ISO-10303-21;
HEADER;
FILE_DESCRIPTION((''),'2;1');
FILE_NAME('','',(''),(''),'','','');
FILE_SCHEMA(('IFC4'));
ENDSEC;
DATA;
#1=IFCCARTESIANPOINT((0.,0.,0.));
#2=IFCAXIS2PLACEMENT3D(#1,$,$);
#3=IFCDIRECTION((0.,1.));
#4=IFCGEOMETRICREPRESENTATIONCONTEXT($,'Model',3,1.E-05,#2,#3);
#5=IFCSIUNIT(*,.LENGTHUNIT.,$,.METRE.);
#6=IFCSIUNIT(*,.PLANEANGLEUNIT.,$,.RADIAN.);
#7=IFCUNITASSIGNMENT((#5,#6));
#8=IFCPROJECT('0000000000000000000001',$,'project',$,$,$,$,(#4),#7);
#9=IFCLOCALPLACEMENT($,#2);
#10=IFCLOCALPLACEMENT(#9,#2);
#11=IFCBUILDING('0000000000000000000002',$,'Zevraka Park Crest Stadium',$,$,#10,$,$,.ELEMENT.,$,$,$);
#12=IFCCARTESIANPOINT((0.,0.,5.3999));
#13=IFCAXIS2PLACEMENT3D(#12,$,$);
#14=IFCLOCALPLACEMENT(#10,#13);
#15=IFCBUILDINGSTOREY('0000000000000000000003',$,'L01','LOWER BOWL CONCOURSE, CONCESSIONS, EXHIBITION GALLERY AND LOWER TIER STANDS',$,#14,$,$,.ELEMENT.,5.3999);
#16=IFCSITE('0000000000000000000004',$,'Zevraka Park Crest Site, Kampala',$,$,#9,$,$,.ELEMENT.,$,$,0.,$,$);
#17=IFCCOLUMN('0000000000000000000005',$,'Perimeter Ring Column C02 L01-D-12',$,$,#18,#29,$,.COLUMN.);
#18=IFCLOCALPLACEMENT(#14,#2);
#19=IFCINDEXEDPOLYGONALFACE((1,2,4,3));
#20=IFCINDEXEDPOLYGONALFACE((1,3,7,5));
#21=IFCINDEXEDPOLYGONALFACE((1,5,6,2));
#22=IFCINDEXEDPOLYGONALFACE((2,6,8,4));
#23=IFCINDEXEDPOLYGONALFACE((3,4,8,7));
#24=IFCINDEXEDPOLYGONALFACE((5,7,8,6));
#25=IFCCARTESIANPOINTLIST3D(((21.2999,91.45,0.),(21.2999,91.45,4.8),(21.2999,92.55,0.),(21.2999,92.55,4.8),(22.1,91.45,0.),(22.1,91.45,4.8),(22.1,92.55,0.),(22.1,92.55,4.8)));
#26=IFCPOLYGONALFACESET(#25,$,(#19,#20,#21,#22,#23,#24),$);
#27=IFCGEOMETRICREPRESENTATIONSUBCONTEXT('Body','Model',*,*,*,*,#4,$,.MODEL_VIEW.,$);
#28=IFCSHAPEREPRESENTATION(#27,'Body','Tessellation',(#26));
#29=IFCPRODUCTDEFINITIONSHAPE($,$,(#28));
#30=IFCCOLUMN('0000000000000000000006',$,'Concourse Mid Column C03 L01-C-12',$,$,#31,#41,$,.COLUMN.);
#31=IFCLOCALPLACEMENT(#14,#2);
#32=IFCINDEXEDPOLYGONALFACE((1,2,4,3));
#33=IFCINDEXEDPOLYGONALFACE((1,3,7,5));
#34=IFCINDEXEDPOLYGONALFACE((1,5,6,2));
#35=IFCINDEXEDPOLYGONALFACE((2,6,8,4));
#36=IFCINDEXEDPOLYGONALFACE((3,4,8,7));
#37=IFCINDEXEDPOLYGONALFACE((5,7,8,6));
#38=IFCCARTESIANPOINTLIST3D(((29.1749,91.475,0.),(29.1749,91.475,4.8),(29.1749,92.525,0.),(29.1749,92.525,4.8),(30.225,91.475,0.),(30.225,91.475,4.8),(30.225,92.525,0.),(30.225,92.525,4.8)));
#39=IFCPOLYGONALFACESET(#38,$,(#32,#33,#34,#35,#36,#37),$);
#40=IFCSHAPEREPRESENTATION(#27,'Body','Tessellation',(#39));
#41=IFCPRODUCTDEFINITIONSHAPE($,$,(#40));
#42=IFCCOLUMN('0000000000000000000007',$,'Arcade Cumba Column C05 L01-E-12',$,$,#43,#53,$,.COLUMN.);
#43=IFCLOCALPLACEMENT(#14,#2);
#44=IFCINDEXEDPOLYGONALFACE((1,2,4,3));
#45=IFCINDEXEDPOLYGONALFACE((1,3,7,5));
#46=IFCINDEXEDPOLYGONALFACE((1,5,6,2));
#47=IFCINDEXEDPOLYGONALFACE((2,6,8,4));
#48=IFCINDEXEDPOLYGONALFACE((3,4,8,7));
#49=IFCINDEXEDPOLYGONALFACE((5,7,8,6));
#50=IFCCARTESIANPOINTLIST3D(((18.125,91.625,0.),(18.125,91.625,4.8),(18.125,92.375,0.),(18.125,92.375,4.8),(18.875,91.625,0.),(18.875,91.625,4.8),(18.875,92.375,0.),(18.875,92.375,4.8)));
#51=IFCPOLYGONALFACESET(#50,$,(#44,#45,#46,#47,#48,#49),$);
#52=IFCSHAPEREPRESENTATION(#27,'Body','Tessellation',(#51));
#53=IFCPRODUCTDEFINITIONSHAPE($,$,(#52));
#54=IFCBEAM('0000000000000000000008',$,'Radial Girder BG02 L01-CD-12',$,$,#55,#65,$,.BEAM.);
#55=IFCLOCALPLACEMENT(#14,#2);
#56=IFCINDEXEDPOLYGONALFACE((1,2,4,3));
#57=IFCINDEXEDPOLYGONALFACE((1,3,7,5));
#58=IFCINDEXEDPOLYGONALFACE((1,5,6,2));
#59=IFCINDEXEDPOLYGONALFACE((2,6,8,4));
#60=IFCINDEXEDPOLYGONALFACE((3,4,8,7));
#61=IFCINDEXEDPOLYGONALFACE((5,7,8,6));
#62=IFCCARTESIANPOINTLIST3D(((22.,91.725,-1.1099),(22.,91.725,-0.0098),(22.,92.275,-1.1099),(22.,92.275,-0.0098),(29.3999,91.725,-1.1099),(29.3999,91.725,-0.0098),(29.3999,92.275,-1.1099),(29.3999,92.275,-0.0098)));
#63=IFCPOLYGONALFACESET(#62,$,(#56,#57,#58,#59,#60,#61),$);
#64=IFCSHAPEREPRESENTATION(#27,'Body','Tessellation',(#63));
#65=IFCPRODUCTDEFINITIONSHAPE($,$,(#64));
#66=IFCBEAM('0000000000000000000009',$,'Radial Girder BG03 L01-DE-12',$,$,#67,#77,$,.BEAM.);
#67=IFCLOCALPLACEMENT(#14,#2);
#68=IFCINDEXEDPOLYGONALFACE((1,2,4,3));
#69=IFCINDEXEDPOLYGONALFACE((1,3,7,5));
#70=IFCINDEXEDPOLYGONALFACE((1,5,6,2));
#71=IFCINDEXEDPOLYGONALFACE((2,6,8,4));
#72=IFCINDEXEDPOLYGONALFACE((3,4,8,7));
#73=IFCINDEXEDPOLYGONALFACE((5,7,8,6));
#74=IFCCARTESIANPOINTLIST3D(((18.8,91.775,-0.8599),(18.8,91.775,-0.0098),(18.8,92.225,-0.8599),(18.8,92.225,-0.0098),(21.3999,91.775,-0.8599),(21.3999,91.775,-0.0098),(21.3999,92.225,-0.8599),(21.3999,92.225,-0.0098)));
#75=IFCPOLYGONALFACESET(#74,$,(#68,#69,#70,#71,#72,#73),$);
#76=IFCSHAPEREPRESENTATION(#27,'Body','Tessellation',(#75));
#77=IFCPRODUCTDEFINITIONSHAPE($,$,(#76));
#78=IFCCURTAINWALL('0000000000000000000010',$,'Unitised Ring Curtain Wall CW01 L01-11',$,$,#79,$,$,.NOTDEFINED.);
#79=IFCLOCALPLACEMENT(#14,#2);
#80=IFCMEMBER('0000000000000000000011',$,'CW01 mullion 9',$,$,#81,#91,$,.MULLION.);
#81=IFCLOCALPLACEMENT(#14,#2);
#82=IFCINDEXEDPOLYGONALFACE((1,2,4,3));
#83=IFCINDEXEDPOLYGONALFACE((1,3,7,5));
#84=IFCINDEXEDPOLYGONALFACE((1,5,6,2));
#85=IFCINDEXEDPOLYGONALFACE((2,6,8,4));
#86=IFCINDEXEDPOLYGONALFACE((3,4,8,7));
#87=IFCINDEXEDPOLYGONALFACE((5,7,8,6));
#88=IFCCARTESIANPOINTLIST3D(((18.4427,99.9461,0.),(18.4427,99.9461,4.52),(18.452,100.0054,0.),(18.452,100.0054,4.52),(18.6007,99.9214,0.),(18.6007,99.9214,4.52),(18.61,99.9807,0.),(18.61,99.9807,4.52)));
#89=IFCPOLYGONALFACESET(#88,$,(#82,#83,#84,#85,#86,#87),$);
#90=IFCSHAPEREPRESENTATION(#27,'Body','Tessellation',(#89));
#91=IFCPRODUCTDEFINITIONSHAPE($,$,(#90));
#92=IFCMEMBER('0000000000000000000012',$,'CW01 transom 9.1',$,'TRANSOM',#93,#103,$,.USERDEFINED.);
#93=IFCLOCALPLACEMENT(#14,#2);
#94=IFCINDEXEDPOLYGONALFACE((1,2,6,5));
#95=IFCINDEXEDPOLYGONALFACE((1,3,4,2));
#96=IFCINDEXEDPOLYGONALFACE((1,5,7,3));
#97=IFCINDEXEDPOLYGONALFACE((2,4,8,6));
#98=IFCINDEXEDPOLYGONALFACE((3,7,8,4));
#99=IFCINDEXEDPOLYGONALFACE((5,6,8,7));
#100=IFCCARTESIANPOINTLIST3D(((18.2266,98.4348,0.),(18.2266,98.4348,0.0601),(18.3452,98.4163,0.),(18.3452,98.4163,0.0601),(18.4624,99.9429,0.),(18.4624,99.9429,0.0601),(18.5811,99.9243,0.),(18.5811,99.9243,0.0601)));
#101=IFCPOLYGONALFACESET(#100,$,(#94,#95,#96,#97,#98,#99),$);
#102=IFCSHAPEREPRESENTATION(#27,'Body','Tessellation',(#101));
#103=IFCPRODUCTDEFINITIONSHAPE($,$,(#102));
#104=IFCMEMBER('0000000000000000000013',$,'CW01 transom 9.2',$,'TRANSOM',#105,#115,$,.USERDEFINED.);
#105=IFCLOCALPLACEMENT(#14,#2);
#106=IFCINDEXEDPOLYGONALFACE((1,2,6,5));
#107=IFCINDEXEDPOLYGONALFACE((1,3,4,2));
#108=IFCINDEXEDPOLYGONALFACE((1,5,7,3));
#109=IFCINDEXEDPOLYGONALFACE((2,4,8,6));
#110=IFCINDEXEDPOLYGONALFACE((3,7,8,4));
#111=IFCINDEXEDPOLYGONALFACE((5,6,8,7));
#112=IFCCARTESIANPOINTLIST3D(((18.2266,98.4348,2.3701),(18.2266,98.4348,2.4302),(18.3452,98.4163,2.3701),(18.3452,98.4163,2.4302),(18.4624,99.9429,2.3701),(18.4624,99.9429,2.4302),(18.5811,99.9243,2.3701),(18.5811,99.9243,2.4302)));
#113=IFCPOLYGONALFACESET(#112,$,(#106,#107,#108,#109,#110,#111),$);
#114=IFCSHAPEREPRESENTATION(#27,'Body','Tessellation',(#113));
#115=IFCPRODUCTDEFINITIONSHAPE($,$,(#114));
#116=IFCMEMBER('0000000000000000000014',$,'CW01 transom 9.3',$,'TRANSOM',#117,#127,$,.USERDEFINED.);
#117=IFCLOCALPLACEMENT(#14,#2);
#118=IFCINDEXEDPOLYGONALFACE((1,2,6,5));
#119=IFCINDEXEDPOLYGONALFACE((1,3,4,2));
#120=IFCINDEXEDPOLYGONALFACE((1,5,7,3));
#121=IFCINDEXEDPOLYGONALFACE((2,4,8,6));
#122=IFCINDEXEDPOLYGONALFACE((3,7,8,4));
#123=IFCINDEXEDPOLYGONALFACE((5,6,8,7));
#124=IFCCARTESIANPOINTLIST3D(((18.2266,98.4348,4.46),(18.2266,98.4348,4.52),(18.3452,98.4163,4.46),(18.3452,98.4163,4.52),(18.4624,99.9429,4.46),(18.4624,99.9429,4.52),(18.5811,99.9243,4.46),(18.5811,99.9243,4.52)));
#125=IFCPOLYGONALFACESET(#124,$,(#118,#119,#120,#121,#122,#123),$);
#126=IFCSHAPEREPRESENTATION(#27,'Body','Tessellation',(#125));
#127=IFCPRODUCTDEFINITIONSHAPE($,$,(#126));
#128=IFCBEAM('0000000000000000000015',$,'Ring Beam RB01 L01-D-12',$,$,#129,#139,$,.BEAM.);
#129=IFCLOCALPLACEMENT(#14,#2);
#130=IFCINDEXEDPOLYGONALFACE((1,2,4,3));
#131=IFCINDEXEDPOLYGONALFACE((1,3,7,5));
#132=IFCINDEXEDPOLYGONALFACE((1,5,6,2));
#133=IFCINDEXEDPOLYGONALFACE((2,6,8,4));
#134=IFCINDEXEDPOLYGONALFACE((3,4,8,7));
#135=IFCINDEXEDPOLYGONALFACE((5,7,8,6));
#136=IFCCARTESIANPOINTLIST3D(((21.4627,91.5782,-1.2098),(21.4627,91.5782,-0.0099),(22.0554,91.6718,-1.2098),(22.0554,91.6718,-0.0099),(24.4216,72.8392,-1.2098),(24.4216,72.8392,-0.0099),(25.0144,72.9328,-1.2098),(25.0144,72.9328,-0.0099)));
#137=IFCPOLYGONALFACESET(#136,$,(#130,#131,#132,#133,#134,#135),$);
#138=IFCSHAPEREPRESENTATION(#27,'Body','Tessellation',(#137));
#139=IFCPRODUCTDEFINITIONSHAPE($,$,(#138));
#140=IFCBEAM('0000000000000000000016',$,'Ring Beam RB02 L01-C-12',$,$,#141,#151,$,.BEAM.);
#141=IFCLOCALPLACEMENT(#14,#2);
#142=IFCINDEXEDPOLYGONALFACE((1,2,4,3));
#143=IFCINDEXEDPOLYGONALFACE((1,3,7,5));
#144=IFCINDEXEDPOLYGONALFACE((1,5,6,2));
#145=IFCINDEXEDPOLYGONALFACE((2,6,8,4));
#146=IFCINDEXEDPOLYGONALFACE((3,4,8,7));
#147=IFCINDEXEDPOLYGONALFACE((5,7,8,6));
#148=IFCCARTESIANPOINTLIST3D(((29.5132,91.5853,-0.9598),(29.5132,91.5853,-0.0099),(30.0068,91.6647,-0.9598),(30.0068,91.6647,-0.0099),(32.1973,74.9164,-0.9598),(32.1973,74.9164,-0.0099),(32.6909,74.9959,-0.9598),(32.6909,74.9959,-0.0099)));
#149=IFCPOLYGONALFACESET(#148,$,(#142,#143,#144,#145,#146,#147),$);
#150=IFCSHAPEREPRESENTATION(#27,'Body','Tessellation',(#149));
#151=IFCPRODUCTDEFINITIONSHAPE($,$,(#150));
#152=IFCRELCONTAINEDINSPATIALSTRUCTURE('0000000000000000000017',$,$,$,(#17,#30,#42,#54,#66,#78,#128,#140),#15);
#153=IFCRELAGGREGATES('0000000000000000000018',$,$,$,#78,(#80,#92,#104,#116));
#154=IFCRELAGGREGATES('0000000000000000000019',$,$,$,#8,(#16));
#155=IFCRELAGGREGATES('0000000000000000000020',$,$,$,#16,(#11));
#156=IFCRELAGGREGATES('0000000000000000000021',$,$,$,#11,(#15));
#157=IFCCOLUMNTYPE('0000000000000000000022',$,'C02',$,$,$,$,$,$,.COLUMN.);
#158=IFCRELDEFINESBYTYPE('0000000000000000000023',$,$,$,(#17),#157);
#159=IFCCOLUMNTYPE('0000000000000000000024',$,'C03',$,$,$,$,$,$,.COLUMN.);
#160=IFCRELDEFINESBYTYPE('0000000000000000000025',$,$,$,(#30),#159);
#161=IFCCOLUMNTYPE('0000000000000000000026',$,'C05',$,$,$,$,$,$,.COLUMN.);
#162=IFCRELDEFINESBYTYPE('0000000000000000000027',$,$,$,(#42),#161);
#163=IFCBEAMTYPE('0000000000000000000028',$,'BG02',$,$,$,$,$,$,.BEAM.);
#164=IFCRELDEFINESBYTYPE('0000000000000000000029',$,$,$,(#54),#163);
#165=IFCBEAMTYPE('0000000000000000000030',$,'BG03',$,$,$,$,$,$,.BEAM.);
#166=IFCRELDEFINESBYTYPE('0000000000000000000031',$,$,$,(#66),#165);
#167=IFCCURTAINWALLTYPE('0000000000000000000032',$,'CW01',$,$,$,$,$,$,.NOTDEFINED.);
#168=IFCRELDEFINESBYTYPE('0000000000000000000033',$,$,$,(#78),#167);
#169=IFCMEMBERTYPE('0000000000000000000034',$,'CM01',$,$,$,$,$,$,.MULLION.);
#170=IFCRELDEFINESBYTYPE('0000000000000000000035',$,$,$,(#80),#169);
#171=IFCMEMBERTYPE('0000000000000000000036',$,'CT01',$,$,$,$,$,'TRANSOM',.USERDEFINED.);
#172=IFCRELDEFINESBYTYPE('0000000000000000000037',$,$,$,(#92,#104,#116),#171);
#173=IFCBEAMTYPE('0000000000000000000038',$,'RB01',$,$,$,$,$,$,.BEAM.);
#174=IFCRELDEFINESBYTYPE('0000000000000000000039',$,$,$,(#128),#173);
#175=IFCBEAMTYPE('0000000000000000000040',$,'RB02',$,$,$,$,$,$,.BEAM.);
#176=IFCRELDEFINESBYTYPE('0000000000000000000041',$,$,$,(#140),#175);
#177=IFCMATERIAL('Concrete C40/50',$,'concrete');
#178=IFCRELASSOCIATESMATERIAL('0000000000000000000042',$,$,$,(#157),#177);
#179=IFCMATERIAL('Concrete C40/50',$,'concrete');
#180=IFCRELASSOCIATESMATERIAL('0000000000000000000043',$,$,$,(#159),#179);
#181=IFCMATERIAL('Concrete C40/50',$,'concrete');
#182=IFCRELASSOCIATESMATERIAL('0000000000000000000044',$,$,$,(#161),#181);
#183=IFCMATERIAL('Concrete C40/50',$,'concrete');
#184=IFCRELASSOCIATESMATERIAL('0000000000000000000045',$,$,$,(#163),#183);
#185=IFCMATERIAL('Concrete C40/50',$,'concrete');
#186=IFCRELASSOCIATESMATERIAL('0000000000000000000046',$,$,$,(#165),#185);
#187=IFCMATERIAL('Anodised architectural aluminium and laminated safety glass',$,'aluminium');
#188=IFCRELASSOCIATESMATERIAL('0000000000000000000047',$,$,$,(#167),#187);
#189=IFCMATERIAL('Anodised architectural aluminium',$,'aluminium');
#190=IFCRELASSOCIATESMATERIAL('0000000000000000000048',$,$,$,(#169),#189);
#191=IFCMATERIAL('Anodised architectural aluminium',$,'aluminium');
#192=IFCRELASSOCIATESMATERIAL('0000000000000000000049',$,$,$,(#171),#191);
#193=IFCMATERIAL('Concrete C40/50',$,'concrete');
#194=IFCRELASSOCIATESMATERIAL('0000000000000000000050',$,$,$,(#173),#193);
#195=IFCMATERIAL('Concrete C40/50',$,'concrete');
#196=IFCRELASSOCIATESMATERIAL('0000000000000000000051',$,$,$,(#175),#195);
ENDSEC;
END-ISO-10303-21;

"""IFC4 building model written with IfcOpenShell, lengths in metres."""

from ifc_helpers import new_model, si_unit, direction, frame, origin, origin_2d, place, context, subcontext, project, spatial, rectangle, extrude, material, material_profile, profile_set, type_object, element, aggregate, save


model = new_model("IFC4")

# Units and contexts
model_context = context("Model", 3, precision=1e-05, world=origin(), true_north=direction((0.0, 1.0)))
body_context = subcontext(model_context, "Body", "Model", "MODEL_VIEW")
ifc_project = project(units=[si_unit("LENGTHUNIT", "METRE"), si_unit("PLANEANGLEUNIT", "RADIAN")], contexts=[model_context])

# Site, building, storey
site_placement = place(None, origin())
site = spatial("IfcSite", under=ifc_project, at=site_placement, Name="Zevraka Park Crest Site, Kampala", CompositionType="ELEMENT", RefElevation=0.0)
building_placement = place(site_placement, origin())
building = spatial("IfcBuilding", under=site, at=building_placement, Name="Zevraka Park Crest Stadium", CompositionType="ELEMENT")
storey_placement = place(building_placement, frame((0.0, 0.0, 5.3999)))
storey = spatial("IfcBuildingStorey", under=building, at=storey_placement, Name="L01", Description="LOWER BOWL CONCOURSE, CONCESSIONS, EXHIBITION GALLERY AND LOWER TIER STANDS", CompositionType="ELEMENT", Elevation=5.3999)

# Columns
ifc_material_1 = material(Name="Concrete C40/50", Category="concrete")
ifc_material_profile_1 = material_profile(ifc_material_1, rectangle(XDim=0.8, YDim=1.1001, at=origin_2d()), Name="RC 1100x800")
ifc_profile_set_1 = profile_set([ifc_material_profile_1], Name="Concrete C40/50")
column_type_1 = type_object("IfcColumnType", Name="C02", PredefinedType="COLUMN", material=ifc_profile_set_1)
column_1_placement = place(storey_placement, frame((21.7, 92.0, 0.0), z_axis=(0.0, 0.0, 1.0), x_axis=(1.0, 0.0, 0.0)))
element("IfcColumn", 1, at=column_1_placement, inside=storey, type_object=column_type_1, Name="Perimeter Ring Column C02 L01-D-12", PredefinedType="COLUMN", context=body_context, shape_type="SweptSolid", body=[
    extrude(rectangle(XDim=0.8, YDim=1.1001, at=origin_2d()), origin(), (0.0, 0.0, 1.0), 4.8),
])
ifc_material_2 = material(Name="Concrete C40/50", Category="concrete")
ifc_material_profile_2 = material_profile(ifc_material_2, rectangle(XDim=1.05, YDim=1.05, at=origin_2d()), Name="RC 1050x1050")
ifc_profile_set_2 = profile_set([ifc_material_profile_2], Name="Concrete C40/50")
column_type_2 = type_object("IfcColumnType", Name="C03", PredefinedType="COLUMN", material=ifc_profile_set_2)
column_2_placement = place(storey_placement, frame((29.7, 92.0, 0.0), z_axis=(0.0, 0.0, 1.0), x_axis=(1.0, 0.0, 0.0)))
element("IfcColumn", 2, at=column_2_placement, inside=storey, type_object=column_type_2, Name="Concourse Mid Column C03 L01-C-12", PredefinedType="COLUMN", context=body_context, shape_type="SweptSolid", body=[
    extrude(rectangle(XDim=1.05, YDim=1.05, at=origin_2d()), origin(), (0.0, 0.0, 1.0), 4.8),
])
ifc_material_3 = material(Name="Concrete C40/50", Category="concrete")
ifc_material_profile_3 = material_profile(ifc_material_3, rectangle(XDim=0.75, YDim=0.75, at=origin_2d()), Name="RC 750x750")
ifc_profile_set_3 = profile_set([ifc_material_profile_3], Name="Concrete C40/50")
column_type_3 = type_object("IfcColumnType", Name="C05", PredefinedType="COLUMN", material=ifc_profile_set_3)
column_3_placement = place(storey_placement, frame((18.5, 92.0, 0.0), z_axis=(0.0, 0.0, 1.0), x_axis=(1.0, 0.0, 0.0)))
element("IfcColumn", 3, at=column_3_placement, inside=storey, type_object=column_type_3, Name="Arcade Cumba Column C05 L01-E-12", PredefinedType="COLUMN", context=body_context, shape_type="SweptSolid", body=[
    extrude(rectangle(XDim=0.75, YDim=0.75, at=origin_2d()), origin(), (0.0, 0.0, 1.0), 4.8),
])

# Beams
ifc_material_4 = material(Name="Concrete C40/50", Category="concrete")
ifc_material_profile_4 = material_profile(ifc_material_4, rectangle(XDim=0.55, YDim=1.1001, at=origin_2d()), Name="RC 1100x550")
ifc_profile_set_4 = profile_set([ifc_material_profile_4], Name="Concrete C40/50")
beam_type_1 = type_object("IfcBeamType", Name="BG02", PredefinedType="BEAM", material=ifc_profile_set_4)
beam_1_placement = place(storey_placement, frame((29.3999, 92.0, -0.5598), z_axis=(-1.0, 0.0, 0.0), x_axis=(0.0, -1.0, 0.0)))
element("IfcBeam", 4, at=beam_1_placement, inside=storey, type_object=beam_type_1, Name="Radial Girder BG02 L01-CD-12", PredefinedType="BEAM", context=body_context, shape_type="SweptSolid", body=[
    extrude(rectangle(XDim=0.55, YDim=1.1001, at=origin_2d()), origin(), (0.0, 0.0, 1.0), 7.3999),
])
ifc_material_5 = material(Name="Concrete C40/50", Category="concrete")
ifc_material_profile_5 = material_profile(ifc_material_5, rectangle(XDim=0.45, YDim=0.8501, at=origin_2d()), Name="RC 850x450")
ifc_profile_set_5 = profile_set([ifc_material_profile_5], Name="Concrete C40/50")
beam_type_2 = type_object("IfcBeamType", Name="BG03", PredefinedType="BEAM", material=ifc_profile_set_5)
beam_2_placement = place(storey_placement, frame((21.3999, 92.0, -0.4348), z_axis=(-1.0, 0.0, 0.0), x_axis=(0.0, -1.0, 0.0)))
element("IfcBeam", 5, at=beam_2_placement, inside=storey, type_object=beam_type_2, Name="Radial Girder BG03 L01-DE-12", PredefinedType="BEAM", context=body_context, shape_type="SweptSolid", body=[
    extrude(rectangle(XDim=0.45, YDim=0.8501, at=origin_2d()), origin(), (0.0, 0.0, 1.0), 2.5999),
])

# Curtain wall, members
ifc_material_6 = material(Name="Anodised architectural aluminium and laminated safety glass", Category="aluminium")
curtain_wall_type = type_object("IfcCurtainWallType", Name="CW01", PredefinedType="NOTDEFINED", material=ifc_material_6)
curtain_wall_placement = place(storey_placement, origin())
curtain_wall = element("IfcCurtainWall", 6, at=curtain_wall_placement, inside=storey, type_object=curtain_wall_type, Name="Unitised Ring Curtain Wall CW01 L01-11", PredefinedType="NOTDEFINED")
ifc_material_7 = material(Name="Anodised architectural aluminium", Category="aluminium")
ifc_material_profile_6 = material_profile(ifc_material_7, rectangle(XDim=0.1599, YDim=0.0601, at=origin_2d()), Name="ALU MULLION 160x60")
ifc_profile_set_6 = profile_set([ifc_material_profile_6], Name="Anodised architectural aluminium")
member_type_1 = type_object("IfcMemberType", Name="CM01", PredefinedType="MULLION", material=ifc_profile_set_6)
member_1_placement = place(storey_placement, frame((18.5264, 99.9634, 0.0), z_axis=(0.0, 0.0, 1.0), x_axis=(0.987997, -0.154476, 0.0)))
member_1 = element("IfcMember", 7, at=member_1_placement, type_object=member_type_1, Name="CW01 mullion 9", PredefinedType="MULLION", context=body_context, shape_type="SweptSolid", body=[
    extrude(rectangle(XDim=0.1599, YDim=0.0601, at=origin_2d()), origin(), (0.0, 0.0, 1.0), 4.52),
])
ifc_material_8 = material(Name="Anodised architectural aluminium", Category="aluminium")
ifc_material_profile_7 = material_profile(ifc_material_8, rectangle(XDim=0.1201, YDim=0.0601, at=origin_2d()), Name="ALU TRANSOM 120x60")
ifc_profile_set_7 = profile_set([ifc_material_profile_7], Name="Anodised architectural aluminium")
member_type_2 = type_object("IfcMemberType", Name="CT01", ElementType="TRANSOM", PredefinedType="USERDEFINED", material=ifc_profile_set_7)
member_2_placement = place(storey_placement, frame((18.5217, 99.9336, 0.03), z_axis=(-0.154509, -0.987991, 0.0), x_axis=(0.987991, -0.154509, 0.0)))
member_2 = element("IfcMember", 8, at=member_2_placement, type_object=member_type_2, Name="CW01 transom 9.1", ObjectType="TRANSOM", PredefinedType="USERDEFINED", context=body_context, shape_type="SweptSolid", body=[
    extrude(rectangle(XDim=0.1201, YDim=0.0601, at=origin_2d()), origin(), (0.0, 0.0, 1.0), 1.5264),
])
member_3_placement = place(storey_placement, frame((18.5217, 99.9336, 2.4001), z_axis=(-0.154509, -0.987991, 0.0), x_axis=(0.987991, -0.154509, 0.0)))
member_3 = element("IfcMember", 9, at=member_3_placement, type_object=member_type_2, Name="CW01 transom 9.2", ObjectType="TRANSOM", PredefinedType="USERDEFINED", context=body_context, shape_type="SweptSolid", body=[
    extrude(rectangle(XDim=0.1201, YDim=0.0601, at=origin_2d()), origin(), (0.0, 0.0, 1.0), 1.5264),
])
member_4_placement = place(storey_placement, frame((18.5217, 99.9336, 4.49), z_axis=(-0.154509, -0.987991, 0.0), x_axis=(0.987991, -0.154509, 0.0)))
member_4 = element("IfcMember", 10, at=member_4_placement, type_object=member_type_2, Name="CW01 transom 9.3", ObjectType="TRANSOM", PredefinedType="USERDEFINED", context=body_context, shape_type="SweptSolid", body=[
    extrude(rectangle(XDim=0.1201, YDim=0.0601, at=origin_2d()), origin(), (0.0, 0.0, 1.0), 1.5264),
])
aggregate(curtain_wall, [member_1, member_2, member_3, member_4])

# Beams
ifc_material_9 = material(Name="Concrete C40/50", Category="concrete")
ifc_material_profile_8 = material_profile(ifc_material_9, rectangle(XDim=0.6001, YDim=1.2, at=origin_2d()), Name="RC 1200x600")
ifc_profile_set_8 = profile_set([ifc_material_profile_8], Name="Concrete C40/50")
beam_type_3 = type_object("IfcBeamType", Name="RB01", PredefinedType="BEAM", material=ifc_profile_set_8)
beam_3_placement = place(storey_placement, frame((21.759, 91.625, -0.6099), z_axis=(0.155972, -0.987761, 0.0), x_axis=(0.987761, 0.155972, 0.0)))
element("IfcBeam", 11, at=beam_3_placement, inside=storey, type_object=beam_type_3, Name="Ring Beam RB01 L01-D-12", PredefinedType="BEAM", context=body_context, shape_type="SweptSolid", body=[
    extrude(rectangle(XDim=0.6001, YDim=1.2, at=origin_2d()), origin(), (0.0, 0.0, 1.0), 18.9712),
])
ifc_material_10 = material(Name="Concrete C40/50", Category="concrete")
ifc_material_profile_9 = material_profile(ifc_material_10, rectangle(XDim=0.5, YDim=0.95, at=origin_2d()), Name="RC 950x500")
ifc_profile_set_9 = profile_set([ifc_material_profile_9], Name="Concrete C40/50")
beam_type_4 = type_object("IfcBeamType", Name="RB02", PredefinedType="BEAM", material=ifc_profile_set_9)
beam_4_placement = place(storey_placement, frame((29.76, 91.625, -0.4849), z_axis=(0.158975, -0.987283, 0.0), x_axis=(0.987283, 0.158975, 0.0)))
element("IfcBeam", 12, at=beam_4_placement, inside=storey, type_object=beam_type_4, Name="Ring Beam RB02 L01-C-12", PredefinedType="BEAM", context=body_context, shape_type="SweptSolid", body=[
    extrude(rectangle(XDim=0.5, YDim=0.95, at=origin_2d()), origin(), (0.0, 0.0, 1.0), 16.8835),
])

save(model, "model.ifc")
